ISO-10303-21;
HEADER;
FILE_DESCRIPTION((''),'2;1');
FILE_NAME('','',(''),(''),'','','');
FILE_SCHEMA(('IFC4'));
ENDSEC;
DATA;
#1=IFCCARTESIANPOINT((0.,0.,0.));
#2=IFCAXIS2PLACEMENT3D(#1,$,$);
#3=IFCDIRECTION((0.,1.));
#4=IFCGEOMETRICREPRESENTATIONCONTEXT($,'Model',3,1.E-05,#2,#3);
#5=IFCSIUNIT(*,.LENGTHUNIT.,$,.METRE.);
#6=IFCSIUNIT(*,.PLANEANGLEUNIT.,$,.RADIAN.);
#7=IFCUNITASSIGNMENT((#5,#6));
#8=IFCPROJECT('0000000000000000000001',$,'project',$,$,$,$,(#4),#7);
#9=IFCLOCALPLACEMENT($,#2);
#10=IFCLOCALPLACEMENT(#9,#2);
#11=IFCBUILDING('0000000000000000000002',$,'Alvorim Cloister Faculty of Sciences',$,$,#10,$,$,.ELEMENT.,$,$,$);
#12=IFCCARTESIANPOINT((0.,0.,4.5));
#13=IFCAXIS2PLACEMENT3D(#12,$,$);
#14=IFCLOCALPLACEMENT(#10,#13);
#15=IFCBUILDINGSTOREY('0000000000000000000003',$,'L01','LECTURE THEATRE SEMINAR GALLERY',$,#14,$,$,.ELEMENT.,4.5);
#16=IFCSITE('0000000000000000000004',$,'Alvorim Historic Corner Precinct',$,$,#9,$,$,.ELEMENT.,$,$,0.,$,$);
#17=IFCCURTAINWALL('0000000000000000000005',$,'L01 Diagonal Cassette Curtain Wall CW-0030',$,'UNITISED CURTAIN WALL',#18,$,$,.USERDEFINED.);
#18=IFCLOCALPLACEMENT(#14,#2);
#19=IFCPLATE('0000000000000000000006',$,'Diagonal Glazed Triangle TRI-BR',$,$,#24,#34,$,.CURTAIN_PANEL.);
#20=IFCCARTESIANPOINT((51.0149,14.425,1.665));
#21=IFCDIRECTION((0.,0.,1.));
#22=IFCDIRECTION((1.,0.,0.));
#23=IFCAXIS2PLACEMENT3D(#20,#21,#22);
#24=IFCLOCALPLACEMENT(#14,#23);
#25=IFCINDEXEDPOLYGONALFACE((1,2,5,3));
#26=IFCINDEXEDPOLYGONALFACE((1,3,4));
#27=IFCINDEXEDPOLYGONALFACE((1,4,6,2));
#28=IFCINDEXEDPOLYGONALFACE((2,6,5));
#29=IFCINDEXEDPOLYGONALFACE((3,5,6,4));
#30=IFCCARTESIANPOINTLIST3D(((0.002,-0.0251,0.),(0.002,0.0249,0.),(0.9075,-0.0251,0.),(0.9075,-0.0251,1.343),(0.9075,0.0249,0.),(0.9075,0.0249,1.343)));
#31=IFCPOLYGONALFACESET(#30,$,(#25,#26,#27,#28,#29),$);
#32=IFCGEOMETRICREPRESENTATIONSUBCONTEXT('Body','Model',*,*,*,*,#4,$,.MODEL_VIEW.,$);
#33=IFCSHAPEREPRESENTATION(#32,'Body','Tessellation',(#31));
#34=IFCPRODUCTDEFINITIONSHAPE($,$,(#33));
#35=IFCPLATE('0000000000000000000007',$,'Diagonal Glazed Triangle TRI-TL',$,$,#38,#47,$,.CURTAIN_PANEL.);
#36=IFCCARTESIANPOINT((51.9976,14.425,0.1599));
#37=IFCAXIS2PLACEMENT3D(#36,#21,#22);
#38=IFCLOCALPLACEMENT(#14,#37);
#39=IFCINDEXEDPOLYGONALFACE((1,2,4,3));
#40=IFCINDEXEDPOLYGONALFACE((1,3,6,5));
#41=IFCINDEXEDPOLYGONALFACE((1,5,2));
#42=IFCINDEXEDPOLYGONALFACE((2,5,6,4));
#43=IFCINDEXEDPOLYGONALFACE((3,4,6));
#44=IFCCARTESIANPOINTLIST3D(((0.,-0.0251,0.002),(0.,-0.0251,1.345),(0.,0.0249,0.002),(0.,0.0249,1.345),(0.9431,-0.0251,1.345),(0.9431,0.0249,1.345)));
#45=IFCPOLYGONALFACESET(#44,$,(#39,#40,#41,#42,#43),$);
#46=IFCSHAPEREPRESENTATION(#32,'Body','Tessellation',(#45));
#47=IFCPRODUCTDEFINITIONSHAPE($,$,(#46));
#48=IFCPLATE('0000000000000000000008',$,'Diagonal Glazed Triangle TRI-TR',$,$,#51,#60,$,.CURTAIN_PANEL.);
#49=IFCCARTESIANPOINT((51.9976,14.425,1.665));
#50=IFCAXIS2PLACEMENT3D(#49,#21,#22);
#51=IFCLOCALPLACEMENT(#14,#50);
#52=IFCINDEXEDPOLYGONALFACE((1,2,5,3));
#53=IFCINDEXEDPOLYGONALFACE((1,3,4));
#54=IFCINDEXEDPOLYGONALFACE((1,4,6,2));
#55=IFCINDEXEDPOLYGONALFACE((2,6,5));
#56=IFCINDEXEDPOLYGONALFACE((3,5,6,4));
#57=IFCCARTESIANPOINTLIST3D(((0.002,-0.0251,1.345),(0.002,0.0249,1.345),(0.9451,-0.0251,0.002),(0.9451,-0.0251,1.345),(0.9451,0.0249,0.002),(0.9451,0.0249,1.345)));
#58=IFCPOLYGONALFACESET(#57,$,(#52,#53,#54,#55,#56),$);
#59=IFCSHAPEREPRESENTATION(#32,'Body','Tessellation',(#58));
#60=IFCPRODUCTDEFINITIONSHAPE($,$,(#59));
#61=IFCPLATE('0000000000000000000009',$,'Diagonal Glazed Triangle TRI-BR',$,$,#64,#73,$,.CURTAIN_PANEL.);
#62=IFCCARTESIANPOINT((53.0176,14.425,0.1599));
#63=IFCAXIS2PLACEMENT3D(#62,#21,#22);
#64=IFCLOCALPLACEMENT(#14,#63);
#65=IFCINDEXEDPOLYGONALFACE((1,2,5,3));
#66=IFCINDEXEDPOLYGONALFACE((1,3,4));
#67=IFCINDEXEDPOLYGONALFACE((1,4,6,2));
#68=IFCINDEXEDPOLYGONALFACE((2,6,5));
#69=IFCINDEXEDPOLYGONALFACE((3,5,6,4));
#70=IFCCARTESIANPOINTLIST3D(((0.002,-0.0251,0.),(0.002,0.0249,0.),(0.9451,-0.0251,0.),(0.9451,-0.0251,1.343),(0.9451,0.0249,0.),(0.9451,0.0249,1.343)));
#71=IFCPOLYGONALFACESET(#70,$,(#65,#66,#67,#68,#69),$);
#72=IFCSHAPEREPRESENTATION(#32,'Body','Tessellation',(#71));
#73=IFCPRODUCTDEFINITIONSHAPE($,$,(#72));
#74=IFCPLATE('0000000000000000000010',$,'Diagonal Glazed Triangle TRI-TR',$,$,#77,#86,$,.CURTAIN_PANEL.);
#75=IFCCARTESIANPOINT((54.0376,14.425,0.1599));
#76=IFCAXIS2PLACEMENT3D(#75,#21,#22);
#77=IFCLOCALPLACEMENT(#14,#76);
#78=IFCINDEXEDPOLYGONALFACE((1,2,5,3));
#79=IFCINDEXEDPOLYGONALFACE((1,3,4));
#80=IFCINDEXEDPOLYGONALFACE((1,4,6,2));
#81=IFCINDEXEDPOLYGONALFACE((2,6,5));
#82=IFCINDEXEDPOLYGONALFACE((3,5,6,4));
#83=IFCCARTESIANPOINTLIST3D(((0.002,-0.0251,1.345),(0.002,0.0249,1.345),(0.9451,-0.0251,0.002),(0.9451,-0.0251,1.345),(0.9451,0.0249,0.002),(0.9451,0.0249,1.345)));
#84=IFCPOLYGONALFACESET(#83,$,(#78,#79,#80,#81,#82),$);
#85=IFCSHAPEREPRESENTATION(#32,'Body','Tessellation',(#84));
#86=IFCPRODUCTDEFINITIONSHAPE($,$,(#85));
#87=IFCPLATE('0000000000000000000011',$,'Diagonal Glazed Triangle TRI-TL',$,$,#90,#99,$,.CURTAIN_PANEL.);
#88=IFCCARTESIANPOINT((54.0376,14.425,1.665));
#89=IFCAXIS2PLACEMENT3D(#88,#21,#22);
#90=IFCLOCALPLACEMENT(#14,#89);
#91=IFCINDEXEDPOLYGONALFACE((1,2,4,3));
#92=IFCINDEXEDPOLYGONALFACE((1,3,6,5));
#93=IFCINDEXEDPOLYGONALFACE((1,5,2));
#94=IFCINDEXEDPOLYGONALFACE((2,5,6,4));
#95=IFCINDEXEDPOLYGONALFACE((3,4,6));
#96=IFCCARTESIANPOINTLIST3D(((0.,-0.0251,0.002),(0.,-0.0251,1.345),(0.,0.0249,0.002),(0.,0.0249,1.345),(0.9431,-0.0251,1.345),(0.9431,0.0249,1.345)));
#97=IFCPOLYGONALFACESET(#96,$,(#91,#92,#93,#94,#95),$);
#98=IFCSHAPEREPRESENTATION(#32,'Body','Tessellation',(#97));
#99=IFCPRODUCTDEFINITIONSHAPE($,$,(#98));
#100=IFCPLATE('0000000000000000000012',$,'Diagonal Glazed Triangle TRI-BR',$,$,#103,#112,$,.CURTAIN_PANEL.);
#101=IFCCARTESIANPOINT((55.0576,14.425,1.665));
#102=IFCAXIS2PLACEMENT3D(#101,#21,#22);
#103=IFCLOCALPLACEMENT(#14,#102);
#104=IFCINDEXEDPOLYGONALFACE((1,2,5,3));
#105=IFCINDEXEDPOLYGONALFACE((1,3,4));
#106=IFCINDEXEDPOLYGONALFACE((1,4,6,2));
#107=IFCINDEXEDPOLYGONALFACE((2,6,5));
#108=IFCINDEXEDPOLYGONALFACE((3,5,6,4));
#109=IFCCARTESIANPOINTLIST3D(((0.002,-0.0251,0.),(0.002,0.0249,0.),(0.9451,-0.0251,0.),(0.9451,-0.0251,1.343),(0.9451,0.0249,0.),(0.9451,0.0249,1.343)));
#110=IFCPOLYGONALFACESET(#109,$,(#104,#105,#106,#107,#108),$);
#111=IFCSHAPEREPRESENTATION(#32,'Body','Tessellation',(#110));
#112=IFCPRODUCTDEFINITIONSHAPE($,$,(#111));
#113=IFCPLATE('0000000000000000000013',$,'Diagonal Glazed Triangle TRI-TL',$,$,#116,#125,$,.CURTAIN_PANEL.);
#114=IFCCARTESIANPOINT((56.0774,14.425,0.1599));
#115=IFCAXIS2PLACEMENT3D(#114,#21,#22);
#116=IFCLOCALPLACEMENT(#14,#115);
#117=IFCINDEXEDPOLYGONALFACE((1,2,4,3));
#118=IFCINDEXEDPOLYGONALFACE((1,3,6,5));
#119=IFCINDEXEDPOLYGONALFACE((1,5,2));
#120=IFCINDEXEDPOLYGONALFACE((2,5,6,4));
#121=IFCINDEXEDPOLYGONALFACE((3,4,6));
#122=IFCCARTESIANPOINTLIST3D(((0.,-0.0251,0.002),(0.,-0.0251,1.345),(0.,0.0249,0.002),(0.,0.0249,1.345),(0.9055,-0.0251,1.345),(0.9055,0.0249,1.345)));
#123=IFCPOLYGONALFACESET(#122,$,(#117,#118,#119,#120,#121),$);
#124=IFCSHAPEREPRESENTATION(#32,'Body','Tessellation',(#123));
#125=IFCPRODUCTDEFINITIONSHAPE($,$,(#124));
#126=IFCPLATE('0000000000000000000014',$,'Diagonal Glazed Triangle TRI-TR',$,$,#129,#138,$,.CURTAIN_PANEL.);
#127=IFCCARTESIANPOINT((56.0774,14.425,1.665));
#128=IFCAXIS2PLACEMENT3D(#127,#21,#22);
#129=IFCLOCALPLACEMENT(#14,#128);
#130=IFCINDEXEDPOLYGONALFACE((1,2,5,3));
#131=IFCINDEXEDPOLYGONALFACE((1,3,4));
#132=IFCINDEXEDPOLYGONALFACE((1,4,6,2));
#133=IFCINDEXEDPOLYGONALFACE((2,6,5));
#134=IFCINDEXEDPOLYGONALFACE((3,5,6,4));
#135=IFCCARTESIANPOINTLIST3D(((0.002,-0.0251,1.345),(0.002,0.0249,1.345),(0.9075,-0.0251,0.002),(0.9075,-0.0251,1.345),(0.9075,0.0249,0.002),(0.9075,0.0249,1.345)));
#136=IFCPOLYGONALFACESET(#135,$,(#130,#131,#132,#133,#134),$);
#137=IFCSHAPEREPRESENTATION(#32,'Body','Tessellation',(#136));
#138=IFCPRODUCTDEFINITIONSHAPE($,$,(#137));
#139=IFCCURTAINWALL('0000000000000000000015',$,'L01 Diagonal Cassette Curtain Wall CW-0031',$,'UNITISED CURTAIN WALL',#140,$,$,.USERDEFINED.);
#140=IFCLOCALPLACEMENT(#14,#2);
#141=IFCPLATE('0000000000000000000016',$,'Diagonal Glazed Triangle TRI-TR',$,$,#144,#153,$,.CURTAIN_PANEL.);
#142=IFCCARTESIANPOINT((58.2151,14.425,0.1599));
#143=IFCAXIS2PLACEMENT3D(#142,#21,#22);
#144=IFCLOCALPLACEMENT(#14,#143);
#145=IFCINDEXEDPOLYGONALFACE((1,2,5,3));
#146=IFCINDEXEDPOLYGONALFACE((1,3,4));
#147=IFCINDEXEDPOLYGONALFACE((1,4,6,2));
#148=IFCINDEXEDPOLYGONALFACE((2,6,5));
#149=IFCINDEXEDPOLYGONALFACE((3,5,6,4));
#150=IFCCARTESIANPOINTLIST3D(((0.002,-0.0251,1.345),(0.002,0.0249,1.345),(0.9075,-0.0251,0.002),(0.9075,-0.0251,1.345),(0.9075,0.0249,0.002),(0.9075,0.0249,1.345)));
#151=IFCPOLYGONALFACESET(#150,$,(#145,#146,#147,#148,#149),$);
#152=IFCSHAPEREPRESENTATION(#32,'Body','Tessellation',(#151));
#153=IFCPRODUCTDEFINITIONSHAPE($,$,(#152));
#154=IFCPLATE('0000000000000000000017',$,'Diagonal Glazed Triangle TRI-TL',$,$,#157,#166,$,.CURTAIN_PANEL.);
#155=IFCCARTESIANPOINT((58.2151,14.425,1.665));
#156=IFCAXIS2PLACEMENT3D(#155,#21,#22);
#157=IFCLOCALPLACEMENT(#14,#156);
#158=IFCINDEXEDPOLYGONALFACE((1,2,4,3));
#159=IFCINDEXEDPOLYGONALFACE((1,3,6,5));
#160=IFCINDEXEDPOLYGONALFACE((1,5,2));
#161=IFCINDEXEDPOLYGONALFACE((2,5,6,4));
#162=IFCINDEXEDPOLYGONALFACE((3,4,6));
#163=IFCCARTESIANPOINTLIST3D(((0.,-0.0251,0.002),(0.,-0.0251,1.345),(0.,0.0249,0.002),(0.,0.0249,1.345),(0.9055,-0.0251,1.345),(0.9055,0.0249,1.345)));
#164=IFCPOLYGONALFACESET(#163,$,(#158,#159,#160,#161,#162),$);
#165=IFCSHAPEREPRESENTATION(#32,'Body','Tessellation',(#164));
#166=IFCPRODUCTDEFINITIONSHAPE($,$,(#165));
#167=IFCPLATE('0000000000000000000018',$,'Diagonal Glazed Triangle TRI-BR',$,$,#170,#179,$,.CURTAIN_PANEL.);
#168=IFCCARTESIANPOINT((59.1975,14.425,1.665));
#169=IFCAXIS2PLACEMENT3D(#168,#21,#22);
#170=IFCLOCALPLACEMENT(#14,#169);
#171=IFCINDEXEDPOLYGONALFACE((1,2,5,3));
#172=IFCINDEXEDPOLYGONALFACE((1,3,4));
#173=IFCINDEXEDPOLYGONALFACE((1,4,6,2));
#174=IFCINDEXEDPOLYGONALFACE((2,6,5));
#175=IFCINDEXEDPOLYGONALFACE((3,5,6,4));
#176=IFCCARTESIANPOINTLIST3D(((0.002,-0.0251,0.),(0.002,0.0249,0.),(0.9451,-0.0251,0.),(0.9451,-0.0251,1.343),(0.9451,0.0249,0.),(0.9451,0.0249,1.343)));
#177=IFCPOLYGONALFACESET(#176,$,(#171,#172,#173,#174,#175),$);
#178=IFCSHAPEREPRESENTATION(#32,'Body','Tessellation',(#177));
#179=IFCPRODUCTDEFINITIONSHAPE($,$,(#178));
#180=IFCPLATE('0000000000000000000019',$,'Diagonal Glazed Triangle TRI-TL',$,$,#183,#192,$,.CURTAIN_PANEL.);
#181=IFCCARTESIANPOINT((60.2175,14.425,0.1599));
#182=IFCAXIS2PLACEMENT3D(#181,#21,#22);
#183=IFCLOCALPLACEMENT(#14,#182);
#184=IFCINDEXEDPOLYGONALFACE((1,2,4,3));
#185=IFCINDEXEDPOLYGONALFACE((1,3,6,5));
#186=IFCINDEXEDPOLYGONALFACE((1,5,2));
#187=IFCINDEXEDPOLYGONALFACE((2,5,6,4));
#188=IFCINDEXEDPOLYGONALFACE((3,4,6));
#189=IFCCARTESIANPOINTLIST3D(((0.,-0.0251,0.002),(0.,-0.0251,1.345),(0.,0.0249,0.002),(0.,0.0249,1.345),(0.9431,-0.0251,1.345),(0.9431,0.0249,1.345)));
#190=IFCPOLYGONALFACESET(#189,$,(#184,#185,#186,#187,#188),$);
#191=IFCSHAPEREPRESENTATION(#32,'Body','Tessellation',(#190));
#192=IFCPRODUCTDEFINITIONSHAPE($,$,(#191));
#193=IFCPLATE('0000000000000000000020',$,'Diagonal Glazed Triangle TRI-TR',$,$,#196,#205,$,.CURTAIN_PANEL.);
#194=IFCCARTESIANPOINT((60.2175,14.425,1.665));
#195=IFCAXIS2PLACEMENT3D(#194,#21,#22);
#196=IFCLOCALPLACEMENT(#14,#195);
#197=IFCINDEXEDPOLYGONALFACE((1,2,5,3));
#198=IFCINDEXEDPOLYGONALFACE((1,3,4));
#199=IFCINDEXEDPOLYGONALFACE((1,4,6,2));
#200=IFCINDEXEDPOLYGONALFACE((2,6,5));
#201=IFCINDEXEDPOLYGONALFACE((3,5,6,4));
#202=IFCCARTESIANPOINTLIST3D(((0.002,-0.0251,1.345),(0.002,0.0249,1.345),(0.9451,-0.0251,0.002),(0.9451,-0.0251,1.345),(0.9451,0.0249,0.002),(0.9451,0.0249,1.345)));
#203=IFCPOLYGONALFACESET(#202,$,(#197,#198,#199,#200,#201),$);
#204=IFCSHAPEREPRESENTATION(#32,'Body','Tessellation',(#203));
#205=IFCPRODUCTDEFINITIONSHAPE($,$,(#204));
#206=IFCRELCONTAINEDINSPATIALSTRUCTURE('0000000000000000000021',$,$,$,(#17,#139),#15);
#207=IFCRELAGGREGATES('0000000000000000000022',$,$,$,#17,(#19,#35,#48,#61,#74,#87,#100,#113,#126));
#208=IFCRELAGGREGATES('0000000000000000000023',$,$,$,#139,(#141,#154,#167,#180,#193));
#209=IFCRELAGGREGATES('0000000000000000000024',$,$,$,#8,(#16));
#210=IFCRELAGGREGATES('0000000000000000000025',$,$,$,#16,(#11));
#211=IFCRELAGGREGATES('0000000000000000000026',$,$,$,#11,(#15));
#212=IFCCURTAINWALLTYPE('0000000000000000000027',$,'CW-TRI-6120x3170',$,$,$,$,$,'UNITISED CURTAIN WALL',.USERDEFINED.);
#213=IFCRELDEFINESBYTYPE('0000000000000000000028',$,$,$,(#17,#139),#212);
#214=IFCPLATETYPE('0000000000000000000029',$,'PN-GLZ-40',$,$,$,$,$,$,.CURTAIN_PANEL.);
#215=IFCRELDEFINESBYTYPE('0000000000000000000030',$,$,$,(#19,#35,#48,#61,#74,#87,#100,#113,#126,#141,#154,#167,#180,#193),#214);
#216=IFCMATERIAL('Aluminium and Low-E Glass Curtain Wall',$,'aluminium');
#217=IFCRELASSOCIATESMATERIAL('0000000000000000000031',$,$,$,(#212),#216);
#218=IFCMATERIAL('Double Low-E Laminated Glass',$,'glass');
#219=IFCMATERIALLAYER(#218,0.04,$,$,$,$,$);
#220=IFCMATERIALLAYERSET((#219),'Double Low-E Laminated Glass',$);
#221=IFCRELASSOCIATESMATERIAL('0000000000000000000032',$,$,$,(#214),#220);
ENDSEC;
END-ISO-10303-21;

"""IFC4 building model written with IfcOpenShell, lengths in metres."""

from ifc_helpers import new_model, si_unit, direction, frame, origin, place, context, subcontext, project, spatial, polyline, outline, extrude, material, layer, layer_set, type_object, element, aggregate, save


model = new_model("IFC4")

# Units and contexts
model_context = context("Model", 3, precision=1e-05, world=origin(), true_north=direction((0.0, 1.0)))
body_context = subcontext(model_context, "Body", "Model", "MODEL_VIEW")
ifc_project = project(units=[si_unit("LENGTHUNIT", "METRE"), si_unit("PLANEANGLEUNIT", "RADIAN")], contexts=[model_context])

# Site, building, storey
site_placement = place(None, origin())
site = spatial("IfcSite", under=ifc_project, at=site_placement, Name="Alvorim Historic Corner Precinct", CompositionType="ELEMENT", RefElevation=0.0)
building_placement = place(site_placement, origin())
building = spatial("IfcBuilding", under=site, at=building_placement, Name="Alvorim Cloister Faculty of Sciences", CompositionType="ELEMENT")
storey_placement = place(building_placement, frame((0.0, 0.0, 4.5)))
storey = spatial("IfcBuildingStorey", under=building, at=storey_placement, Name="L01", Description="LECTURE THEATRE SEMINAR GALLERY", CompositionType="ELEMENT", Elevation=4.5)

# Curtain walls, plates
ifc_material_1 = material(Name="Aluminium and Low-E Glass Curtain Wall", Category="aluminium")
curtain_wall_type = type_object("IfcCurtainWallType", Name="CW-TRI-6120x3170", ElementType="UNITISED CURTAIN WALL", PredefinedType="USERDEFINED", material=ifc_material_1)
curtain_wall_1_placement = place(storey_placement, origin())
curtain_wall_1 = element("IfcCurtainWall", 1, at=curtain_wall_1_placement, inside=storey, type_object=curtain_wall_type, Name="L01 Diagonal Cassette Curtain Wall CW-0030", ObjectType="UNITISED CURTAIN WALL", PredefinedType="USERDEFINED")
ifc_material_2 = material(Name="Double Low-E Laminated Glass", Category="glass")
ifc_layer_1 = layer(ifc_material_2, 0.04)
ifc_layer_set_1 = layer_set([ifc_layer_1], Name="Double Low-E Laminated Glass")
plate_type = type_object("IfcPlateType", Name="PN-GLZ-40", PredefinedType="CURTAIN_PANEL", material=ifc_layer_set_1)
plate_1_placement = place(storey_placement, frame((51.0149, 14.425, 1.665), z_axis=(0.0, 0.0, 1.0), x_axis=(1.0, 0.0, 0.0)))
plate_1 = element("IfcPlate", 2, at=plate_1_placement, type_object=plate_type, Name="Diagonal Glazed Triangle TRI-BR", PredefinedType="CURTAIN_PANEL", context=body_context, shape_type="SweptSolid", body=[
    extrude(outline(polyline([(0.002, 0.0), (0.9075, 0.0), (0.9075, 1.343), (0.002, 0.0)])), frame((0.0, 0.0249, 0.0), z_axis=(0.0, -1.0, 0.0), x_axis=(1.0, 0.0, 0.0)), (0.0, 0.0, 1.0), 0.05),
])
plate_2_placement = place(storey_placement, frame((51.9976, 14.425, 0.1599), z_axis=(0.0, 0.0, 1.0), x_axis=(1.0, 0.0, 0.0)))
plate_2 = element("IfcPlate", 3, at=plate_2_placement, type_object=plate_type, Name="Diagonal Glazed Triangle TRI-TL", PredefinedType="CURTAIN_PANEL", context=body_context, shape_type="SweptSolid", body=[
    extrude(outline(polyline([(0.9431, 1.345), (0.0, 1.345), (0.0, 0.002), (0.9431, 1.345)])), frame((0.0, 0.0249, 0.0), z_axis=(0.0, -1.0, 0.0), x_axis=(1.0, 0.0, 0.0)), (0.0, 0.0, 1.0), 0.05),
])
plate_3_placement = place(storey_placement, frame((51.9976, 14.425, 1.665), z_axis=(0.0, 0.0, 1.0), x_axis=(1.0, 0.0, 0.0)))
plate_3 = element("IfcPlate", 4, at=plate_3_placement, type_object=plate_type, Name="Diagonal Glazed Triangle TRI-TR", PredefinedType="CURTAIN_PANEL", context=body_context, shape_type="SweptSolid", body=[
    extrude(outline(polyline([(0.9451, 0.002), (0.9451, 1.345), (0.002, 1.345), (0.9451, 0.002)])), frame((0.0, 0.0249, 0.0), z_axis=(0.0, -1.0, 0.0), x_axis=(1.0, 0.0, 0.0)), (0.0, 0.0, 1.0), 0.05),
])
plate_4_placement = place(storey_placement, frame((53.0176, 14.425, 0.1599), z_axis=(0.0, 0.0, 1.0), x_axis=(1.0, 0.0, 0.0)))
plate_4 = element("IfcPlate", 5, at=plate_4_placement, type_object=plate_type, Name="Diagonal Glazed Triangle TRI-BR", PredefinedType="CURTAIN_PANEL", context=body_context, shape_type="SweptSolid", body=[
    extrude(outline(polyline([(0.002, 0.0), (0.9451, 0.0), (0.9451, 1.343), (0.002, 0.0)])), frame((0.0, 0.0249, 0.0), z_axis=(0.0, -1.0, 0.0), x_axis=(1.0, 0.0, 0.0)), (0.0, 0.0, 1.0), 0.05),
])
plate_5_placement = place(storey_placement, frame((54.0376, 14.425, 0.1599), z_axis=(0.0, 0.0, 1.0), x_axis=(1.0, 0.0, 0.0)))
plate_5 = element("IfcPlate", 6, at=plate_5_placement, type_object=plate_type, Name="Diagonal Glazed Triangle TRI-TR", PredefinedType="CURTAIN_PANEL", context=body_context, shape_type="SweptSolid", body=[
    extrude(outline(polyline([(0.9451, 0.002), (0.9451, 1.345), (0.002, 1.345), (0.9451, 0.002)])), frame((0.0, 0.0249, 0.0), z_axis=(0.0, -1.0, 0.0), x_axis=(1.0, 0.0, 0.0)), (0.0, 0.0, 1.0), 0.05),
])
plate_6_placement = place(storey_placement, frame((54.0376, 14.425, 1.665), z_axis=(0.0, 0.0, 1.0), x_axis=(1.0, 0.0, 0.0)))
plate_6 = element("IfcPlate", 7, at=plate_6_placement, type_object=plate_type, Name="Diagonal Glazed Triangle TRI-TL", PredefinedType="CURTAIN_PANEL", context=body_context, shape_type="SweptSolid", body=[
    extrude(outline(polyline([(0.9431, 1.345), (0.0, 1.345), (0.0, 0.002), (0.9431, 1.345)])), frame((0.0, 0.0249, 0.0), z_axis=(0.0, -1.0, 0.0), x_axis=(1.0, 0.0, 0.0)), (0.0, 0.0, 1.0), 0.05),
])
plate_7_placement = place(storey_placement, frame((55.0576, 14.425, 1.665), z_axis=(0.0, 0.0, 1.0), x_axis=(1.0, 0.0, 0.0)))
plate_7 = element("IfcPlate", 8, at=plate_7_placement, type_object=plate_type, Name="Diagonal Glazed Triangle TRI-BR", PredefinedType="CURTAIN_PANEL", context=body_context, shape_type="SweptSolid", body=[
    extrude(outline(polyline([(0.002, 0.0), (0.9451, 0.0), (0.9451, 1.343), (0.002, 0.0)])), frame((0.0, 0.0249, 0.0), z_axis=(0.0, -1.0, 0.0), x_axis=(1.0, 0.0, 0.0)), (0.0, 0.0, 1.0), 0.05),
])
plate_8_placement = place(storey_placement, frame((56.0774, 14.425, 0.1599), z_axis=(0.0, 0.0, 1.0), x_axis=(1.0, 0.0, 0.0)))
plate_8 = element("IfcPlate", 9, at=plate_8_placement, type_object=plate_type, Name="Diagonal Glazed Triangle TRI-TL", PredefinedType="CURTAIN_PANEL", context=body_context, shape_type="SweptSolid", body=[
    extrude(outline(polyline([(0.9055, 1.345), (0.0, 1.345), (0.0, 0.002), (0.9055, 1.345)])), frame((0.0, 0.0249, 0.0), z_axis=(0.0, -1.0, 0.0), x_axis=(1.0, 0.0, 0.0)), (0.0, 0.0, 1.0), 0.05),
])
plate_9_placement = place(storey_placement, frame((56.0774, 14.425, 1.665), z_axis=(0.0, 0.0, 1.0), x_axis=(1.0, 0.0, 0.0)))
plate_9 = element("IfcPlate", 10, at=plate_9_placement, type_object=plate_type, Name="Diagonal Glazed Triangle TRI-TR", PredefinedType="CURTAIN_PANEL", context=body_context, shape_type="SweptSolid", body=[
    extrude(outline(polyline([(0.9075, 0.002), (0.9075, 1.345), (0.002, 1.345), (0.9075, 0.002)])), frame((0.0, 0.0249, 0.0), z_axis=(0.0, -1.0, 0.0), x_axis=(1.0, 0.0, 0.0)), (0.0, 0.0, 1.0), 0.05),
])
aggregate(curtain_wall_1, [plate_1, plate_2, plate_3, plate_4, plate_5, plate_6, plate_7, plate_8, plate_9])
curtain_wall_2_placement = place(storey_placement, origin())
curtain_wall_2 = element("IfcCurtainWall", 11, at=curtain_wall_2_placement, inside=storey, type_object=curtain_wall_type, Name="L01 Diagonal Cassette Curtain Wall CW-0031", ObjectType="UNITISED CURTAIN WALL", PredefinedType="USERDEFINED")
plate_10_placement = place(storey_placement, frame((58.2151, 14.425, 0.1599), z_axis=(0.0, 0.0, 1.0), x_axis=(1.0, 0.0, 0.0)))
plate_10 = element("IfcPlate", 12, at=plate_10_placement, type_object=plate_type, Name="Diagonal Glazed Triangle TRI-TR", PredefinedType="CURTAIN_PANEL", context=body_context, shape_type="SweptSolid", body=[
    extrude(outline(polyline([(0.9075, 0.002), (0.9075, 1.345), (0.002, 1.345), (0.9075, 0.002)])), frame((0.0, 0.0249, 0.0), z_axis=(0.0, -1.0, 0.0), x_axis=(1.0, 0.0, 0.0)), (0.0, 0.0, 1.0), 0.05),
])
plate_11_placement = place(storey_placement, frame((58.2151, 14.425, 1.665), z_axis=(0.0, 0.0, 1.0), x_axis=(1.0, 0.0, 0.0)))
plate_11 = element("IfcPlate", 13, at=plate_11_placement, type_object=plate_type, Name="Diagonal Glazed Triangle TRI-TL", PredefinedType="CURTAIN_PANEL", context=body_context, shape_type="SweptSolid", body=[
    extrude(outline(polyline([(0.9055, 1.345), (0.0, 1.345), (0.0, 0.002), (0.9055, 1.345)])), frame((0.0, 0.0249, 0.0), z_axis=(0.0, -1.0, 0.0), x_axis=(1.0, 0.0, 0.0)), (0.0, 0.0, 1.0), 0.05),
])
plate_12_placement = place(storey_placement, frame((59.1975, 14.425, 1.665), z_axis=(0.0, 0.0, 1.0), x_axis=(1.0, 0.0, 0.0)))
plate_12 = element("IfcPlate", 14, at=plate_12_placement, type_object=plate_type, Name="Diagonal Glazed Triangle TRI-BR", PredefinedType="CURTAIN_PANEL", context=body_context, shape_type="SweptSolid", body=[
    extrude(outline(polyline([(0.002, 0.0), (0.9451, 0.0), (0.9451, 1.343), (0.002, 0.0)])), frame((0.0, 0.0249, 0.0), z_axis=(0.0, -1.0, 0.0), x_axis=(1.0, 0.0, 0.0)), (0.0, 0.0, 1.0), 0.05),
])
plate_13_placement = place(storey_placement, frame((60.2175, 14.425, 0.1599), z_axis=(0.0, 0.0, 1.0), x_axis=(1.0, 0.0, 0.0)))
plate_13 = element("IfcPlate", 15, at=plate_13_placement, type_object=plate_type, Name="Diagonal Glazed Triangle TRI-TL", PredefinedType="CURTAIN_PANEL", context=body_context, shape_type="SweptSolid", body=[
    extrude(outline(polyline([(0.9431, 1.345), (0.0, 1.345), (0.0, 0.002), (0.9431, 1.345)])), frame((0.0, 0.0249, 0.0), z_axis=(0.0, -1.0, 0.0), x_axis=(1.0, 0.0, 0.0)), (0.0, 0.0, 1.0), 0.05),
])
plate_14_placement = place(storey_placement, frame((60.2175, 14.425, 1.665), z_axis=(0.0, 0.0, 1.0), x_axis=(1.0, 0.0, 0.0)))
plate_14 = element("IfcPlate", 16, at=plate_14_placement, type_object=plate_type, Name="Diagonal Glazed Triangle TRI-TR", PredefinedType="CURTAIN_PANEL", context=body_context, shape_type="SweptSolid", body=[
    extrude(outline(polyline([(0.9451, 0.002), (0.9451, 1.345), (0.002, 1.345), (0.9451, 0.002)])), frame((0.0, 0.0249, 0.0), z_axis=(0.0, -1.0, 0.0), x_axis=(1.0, 0.0, 0.0)), (0.0, 0.0, 1.0), 0.05),
])
aggregate(curtain_wall_2, [plate_10, plate_11, plate_12, plate_13, plate_14])

save(model, "model.ifc")
